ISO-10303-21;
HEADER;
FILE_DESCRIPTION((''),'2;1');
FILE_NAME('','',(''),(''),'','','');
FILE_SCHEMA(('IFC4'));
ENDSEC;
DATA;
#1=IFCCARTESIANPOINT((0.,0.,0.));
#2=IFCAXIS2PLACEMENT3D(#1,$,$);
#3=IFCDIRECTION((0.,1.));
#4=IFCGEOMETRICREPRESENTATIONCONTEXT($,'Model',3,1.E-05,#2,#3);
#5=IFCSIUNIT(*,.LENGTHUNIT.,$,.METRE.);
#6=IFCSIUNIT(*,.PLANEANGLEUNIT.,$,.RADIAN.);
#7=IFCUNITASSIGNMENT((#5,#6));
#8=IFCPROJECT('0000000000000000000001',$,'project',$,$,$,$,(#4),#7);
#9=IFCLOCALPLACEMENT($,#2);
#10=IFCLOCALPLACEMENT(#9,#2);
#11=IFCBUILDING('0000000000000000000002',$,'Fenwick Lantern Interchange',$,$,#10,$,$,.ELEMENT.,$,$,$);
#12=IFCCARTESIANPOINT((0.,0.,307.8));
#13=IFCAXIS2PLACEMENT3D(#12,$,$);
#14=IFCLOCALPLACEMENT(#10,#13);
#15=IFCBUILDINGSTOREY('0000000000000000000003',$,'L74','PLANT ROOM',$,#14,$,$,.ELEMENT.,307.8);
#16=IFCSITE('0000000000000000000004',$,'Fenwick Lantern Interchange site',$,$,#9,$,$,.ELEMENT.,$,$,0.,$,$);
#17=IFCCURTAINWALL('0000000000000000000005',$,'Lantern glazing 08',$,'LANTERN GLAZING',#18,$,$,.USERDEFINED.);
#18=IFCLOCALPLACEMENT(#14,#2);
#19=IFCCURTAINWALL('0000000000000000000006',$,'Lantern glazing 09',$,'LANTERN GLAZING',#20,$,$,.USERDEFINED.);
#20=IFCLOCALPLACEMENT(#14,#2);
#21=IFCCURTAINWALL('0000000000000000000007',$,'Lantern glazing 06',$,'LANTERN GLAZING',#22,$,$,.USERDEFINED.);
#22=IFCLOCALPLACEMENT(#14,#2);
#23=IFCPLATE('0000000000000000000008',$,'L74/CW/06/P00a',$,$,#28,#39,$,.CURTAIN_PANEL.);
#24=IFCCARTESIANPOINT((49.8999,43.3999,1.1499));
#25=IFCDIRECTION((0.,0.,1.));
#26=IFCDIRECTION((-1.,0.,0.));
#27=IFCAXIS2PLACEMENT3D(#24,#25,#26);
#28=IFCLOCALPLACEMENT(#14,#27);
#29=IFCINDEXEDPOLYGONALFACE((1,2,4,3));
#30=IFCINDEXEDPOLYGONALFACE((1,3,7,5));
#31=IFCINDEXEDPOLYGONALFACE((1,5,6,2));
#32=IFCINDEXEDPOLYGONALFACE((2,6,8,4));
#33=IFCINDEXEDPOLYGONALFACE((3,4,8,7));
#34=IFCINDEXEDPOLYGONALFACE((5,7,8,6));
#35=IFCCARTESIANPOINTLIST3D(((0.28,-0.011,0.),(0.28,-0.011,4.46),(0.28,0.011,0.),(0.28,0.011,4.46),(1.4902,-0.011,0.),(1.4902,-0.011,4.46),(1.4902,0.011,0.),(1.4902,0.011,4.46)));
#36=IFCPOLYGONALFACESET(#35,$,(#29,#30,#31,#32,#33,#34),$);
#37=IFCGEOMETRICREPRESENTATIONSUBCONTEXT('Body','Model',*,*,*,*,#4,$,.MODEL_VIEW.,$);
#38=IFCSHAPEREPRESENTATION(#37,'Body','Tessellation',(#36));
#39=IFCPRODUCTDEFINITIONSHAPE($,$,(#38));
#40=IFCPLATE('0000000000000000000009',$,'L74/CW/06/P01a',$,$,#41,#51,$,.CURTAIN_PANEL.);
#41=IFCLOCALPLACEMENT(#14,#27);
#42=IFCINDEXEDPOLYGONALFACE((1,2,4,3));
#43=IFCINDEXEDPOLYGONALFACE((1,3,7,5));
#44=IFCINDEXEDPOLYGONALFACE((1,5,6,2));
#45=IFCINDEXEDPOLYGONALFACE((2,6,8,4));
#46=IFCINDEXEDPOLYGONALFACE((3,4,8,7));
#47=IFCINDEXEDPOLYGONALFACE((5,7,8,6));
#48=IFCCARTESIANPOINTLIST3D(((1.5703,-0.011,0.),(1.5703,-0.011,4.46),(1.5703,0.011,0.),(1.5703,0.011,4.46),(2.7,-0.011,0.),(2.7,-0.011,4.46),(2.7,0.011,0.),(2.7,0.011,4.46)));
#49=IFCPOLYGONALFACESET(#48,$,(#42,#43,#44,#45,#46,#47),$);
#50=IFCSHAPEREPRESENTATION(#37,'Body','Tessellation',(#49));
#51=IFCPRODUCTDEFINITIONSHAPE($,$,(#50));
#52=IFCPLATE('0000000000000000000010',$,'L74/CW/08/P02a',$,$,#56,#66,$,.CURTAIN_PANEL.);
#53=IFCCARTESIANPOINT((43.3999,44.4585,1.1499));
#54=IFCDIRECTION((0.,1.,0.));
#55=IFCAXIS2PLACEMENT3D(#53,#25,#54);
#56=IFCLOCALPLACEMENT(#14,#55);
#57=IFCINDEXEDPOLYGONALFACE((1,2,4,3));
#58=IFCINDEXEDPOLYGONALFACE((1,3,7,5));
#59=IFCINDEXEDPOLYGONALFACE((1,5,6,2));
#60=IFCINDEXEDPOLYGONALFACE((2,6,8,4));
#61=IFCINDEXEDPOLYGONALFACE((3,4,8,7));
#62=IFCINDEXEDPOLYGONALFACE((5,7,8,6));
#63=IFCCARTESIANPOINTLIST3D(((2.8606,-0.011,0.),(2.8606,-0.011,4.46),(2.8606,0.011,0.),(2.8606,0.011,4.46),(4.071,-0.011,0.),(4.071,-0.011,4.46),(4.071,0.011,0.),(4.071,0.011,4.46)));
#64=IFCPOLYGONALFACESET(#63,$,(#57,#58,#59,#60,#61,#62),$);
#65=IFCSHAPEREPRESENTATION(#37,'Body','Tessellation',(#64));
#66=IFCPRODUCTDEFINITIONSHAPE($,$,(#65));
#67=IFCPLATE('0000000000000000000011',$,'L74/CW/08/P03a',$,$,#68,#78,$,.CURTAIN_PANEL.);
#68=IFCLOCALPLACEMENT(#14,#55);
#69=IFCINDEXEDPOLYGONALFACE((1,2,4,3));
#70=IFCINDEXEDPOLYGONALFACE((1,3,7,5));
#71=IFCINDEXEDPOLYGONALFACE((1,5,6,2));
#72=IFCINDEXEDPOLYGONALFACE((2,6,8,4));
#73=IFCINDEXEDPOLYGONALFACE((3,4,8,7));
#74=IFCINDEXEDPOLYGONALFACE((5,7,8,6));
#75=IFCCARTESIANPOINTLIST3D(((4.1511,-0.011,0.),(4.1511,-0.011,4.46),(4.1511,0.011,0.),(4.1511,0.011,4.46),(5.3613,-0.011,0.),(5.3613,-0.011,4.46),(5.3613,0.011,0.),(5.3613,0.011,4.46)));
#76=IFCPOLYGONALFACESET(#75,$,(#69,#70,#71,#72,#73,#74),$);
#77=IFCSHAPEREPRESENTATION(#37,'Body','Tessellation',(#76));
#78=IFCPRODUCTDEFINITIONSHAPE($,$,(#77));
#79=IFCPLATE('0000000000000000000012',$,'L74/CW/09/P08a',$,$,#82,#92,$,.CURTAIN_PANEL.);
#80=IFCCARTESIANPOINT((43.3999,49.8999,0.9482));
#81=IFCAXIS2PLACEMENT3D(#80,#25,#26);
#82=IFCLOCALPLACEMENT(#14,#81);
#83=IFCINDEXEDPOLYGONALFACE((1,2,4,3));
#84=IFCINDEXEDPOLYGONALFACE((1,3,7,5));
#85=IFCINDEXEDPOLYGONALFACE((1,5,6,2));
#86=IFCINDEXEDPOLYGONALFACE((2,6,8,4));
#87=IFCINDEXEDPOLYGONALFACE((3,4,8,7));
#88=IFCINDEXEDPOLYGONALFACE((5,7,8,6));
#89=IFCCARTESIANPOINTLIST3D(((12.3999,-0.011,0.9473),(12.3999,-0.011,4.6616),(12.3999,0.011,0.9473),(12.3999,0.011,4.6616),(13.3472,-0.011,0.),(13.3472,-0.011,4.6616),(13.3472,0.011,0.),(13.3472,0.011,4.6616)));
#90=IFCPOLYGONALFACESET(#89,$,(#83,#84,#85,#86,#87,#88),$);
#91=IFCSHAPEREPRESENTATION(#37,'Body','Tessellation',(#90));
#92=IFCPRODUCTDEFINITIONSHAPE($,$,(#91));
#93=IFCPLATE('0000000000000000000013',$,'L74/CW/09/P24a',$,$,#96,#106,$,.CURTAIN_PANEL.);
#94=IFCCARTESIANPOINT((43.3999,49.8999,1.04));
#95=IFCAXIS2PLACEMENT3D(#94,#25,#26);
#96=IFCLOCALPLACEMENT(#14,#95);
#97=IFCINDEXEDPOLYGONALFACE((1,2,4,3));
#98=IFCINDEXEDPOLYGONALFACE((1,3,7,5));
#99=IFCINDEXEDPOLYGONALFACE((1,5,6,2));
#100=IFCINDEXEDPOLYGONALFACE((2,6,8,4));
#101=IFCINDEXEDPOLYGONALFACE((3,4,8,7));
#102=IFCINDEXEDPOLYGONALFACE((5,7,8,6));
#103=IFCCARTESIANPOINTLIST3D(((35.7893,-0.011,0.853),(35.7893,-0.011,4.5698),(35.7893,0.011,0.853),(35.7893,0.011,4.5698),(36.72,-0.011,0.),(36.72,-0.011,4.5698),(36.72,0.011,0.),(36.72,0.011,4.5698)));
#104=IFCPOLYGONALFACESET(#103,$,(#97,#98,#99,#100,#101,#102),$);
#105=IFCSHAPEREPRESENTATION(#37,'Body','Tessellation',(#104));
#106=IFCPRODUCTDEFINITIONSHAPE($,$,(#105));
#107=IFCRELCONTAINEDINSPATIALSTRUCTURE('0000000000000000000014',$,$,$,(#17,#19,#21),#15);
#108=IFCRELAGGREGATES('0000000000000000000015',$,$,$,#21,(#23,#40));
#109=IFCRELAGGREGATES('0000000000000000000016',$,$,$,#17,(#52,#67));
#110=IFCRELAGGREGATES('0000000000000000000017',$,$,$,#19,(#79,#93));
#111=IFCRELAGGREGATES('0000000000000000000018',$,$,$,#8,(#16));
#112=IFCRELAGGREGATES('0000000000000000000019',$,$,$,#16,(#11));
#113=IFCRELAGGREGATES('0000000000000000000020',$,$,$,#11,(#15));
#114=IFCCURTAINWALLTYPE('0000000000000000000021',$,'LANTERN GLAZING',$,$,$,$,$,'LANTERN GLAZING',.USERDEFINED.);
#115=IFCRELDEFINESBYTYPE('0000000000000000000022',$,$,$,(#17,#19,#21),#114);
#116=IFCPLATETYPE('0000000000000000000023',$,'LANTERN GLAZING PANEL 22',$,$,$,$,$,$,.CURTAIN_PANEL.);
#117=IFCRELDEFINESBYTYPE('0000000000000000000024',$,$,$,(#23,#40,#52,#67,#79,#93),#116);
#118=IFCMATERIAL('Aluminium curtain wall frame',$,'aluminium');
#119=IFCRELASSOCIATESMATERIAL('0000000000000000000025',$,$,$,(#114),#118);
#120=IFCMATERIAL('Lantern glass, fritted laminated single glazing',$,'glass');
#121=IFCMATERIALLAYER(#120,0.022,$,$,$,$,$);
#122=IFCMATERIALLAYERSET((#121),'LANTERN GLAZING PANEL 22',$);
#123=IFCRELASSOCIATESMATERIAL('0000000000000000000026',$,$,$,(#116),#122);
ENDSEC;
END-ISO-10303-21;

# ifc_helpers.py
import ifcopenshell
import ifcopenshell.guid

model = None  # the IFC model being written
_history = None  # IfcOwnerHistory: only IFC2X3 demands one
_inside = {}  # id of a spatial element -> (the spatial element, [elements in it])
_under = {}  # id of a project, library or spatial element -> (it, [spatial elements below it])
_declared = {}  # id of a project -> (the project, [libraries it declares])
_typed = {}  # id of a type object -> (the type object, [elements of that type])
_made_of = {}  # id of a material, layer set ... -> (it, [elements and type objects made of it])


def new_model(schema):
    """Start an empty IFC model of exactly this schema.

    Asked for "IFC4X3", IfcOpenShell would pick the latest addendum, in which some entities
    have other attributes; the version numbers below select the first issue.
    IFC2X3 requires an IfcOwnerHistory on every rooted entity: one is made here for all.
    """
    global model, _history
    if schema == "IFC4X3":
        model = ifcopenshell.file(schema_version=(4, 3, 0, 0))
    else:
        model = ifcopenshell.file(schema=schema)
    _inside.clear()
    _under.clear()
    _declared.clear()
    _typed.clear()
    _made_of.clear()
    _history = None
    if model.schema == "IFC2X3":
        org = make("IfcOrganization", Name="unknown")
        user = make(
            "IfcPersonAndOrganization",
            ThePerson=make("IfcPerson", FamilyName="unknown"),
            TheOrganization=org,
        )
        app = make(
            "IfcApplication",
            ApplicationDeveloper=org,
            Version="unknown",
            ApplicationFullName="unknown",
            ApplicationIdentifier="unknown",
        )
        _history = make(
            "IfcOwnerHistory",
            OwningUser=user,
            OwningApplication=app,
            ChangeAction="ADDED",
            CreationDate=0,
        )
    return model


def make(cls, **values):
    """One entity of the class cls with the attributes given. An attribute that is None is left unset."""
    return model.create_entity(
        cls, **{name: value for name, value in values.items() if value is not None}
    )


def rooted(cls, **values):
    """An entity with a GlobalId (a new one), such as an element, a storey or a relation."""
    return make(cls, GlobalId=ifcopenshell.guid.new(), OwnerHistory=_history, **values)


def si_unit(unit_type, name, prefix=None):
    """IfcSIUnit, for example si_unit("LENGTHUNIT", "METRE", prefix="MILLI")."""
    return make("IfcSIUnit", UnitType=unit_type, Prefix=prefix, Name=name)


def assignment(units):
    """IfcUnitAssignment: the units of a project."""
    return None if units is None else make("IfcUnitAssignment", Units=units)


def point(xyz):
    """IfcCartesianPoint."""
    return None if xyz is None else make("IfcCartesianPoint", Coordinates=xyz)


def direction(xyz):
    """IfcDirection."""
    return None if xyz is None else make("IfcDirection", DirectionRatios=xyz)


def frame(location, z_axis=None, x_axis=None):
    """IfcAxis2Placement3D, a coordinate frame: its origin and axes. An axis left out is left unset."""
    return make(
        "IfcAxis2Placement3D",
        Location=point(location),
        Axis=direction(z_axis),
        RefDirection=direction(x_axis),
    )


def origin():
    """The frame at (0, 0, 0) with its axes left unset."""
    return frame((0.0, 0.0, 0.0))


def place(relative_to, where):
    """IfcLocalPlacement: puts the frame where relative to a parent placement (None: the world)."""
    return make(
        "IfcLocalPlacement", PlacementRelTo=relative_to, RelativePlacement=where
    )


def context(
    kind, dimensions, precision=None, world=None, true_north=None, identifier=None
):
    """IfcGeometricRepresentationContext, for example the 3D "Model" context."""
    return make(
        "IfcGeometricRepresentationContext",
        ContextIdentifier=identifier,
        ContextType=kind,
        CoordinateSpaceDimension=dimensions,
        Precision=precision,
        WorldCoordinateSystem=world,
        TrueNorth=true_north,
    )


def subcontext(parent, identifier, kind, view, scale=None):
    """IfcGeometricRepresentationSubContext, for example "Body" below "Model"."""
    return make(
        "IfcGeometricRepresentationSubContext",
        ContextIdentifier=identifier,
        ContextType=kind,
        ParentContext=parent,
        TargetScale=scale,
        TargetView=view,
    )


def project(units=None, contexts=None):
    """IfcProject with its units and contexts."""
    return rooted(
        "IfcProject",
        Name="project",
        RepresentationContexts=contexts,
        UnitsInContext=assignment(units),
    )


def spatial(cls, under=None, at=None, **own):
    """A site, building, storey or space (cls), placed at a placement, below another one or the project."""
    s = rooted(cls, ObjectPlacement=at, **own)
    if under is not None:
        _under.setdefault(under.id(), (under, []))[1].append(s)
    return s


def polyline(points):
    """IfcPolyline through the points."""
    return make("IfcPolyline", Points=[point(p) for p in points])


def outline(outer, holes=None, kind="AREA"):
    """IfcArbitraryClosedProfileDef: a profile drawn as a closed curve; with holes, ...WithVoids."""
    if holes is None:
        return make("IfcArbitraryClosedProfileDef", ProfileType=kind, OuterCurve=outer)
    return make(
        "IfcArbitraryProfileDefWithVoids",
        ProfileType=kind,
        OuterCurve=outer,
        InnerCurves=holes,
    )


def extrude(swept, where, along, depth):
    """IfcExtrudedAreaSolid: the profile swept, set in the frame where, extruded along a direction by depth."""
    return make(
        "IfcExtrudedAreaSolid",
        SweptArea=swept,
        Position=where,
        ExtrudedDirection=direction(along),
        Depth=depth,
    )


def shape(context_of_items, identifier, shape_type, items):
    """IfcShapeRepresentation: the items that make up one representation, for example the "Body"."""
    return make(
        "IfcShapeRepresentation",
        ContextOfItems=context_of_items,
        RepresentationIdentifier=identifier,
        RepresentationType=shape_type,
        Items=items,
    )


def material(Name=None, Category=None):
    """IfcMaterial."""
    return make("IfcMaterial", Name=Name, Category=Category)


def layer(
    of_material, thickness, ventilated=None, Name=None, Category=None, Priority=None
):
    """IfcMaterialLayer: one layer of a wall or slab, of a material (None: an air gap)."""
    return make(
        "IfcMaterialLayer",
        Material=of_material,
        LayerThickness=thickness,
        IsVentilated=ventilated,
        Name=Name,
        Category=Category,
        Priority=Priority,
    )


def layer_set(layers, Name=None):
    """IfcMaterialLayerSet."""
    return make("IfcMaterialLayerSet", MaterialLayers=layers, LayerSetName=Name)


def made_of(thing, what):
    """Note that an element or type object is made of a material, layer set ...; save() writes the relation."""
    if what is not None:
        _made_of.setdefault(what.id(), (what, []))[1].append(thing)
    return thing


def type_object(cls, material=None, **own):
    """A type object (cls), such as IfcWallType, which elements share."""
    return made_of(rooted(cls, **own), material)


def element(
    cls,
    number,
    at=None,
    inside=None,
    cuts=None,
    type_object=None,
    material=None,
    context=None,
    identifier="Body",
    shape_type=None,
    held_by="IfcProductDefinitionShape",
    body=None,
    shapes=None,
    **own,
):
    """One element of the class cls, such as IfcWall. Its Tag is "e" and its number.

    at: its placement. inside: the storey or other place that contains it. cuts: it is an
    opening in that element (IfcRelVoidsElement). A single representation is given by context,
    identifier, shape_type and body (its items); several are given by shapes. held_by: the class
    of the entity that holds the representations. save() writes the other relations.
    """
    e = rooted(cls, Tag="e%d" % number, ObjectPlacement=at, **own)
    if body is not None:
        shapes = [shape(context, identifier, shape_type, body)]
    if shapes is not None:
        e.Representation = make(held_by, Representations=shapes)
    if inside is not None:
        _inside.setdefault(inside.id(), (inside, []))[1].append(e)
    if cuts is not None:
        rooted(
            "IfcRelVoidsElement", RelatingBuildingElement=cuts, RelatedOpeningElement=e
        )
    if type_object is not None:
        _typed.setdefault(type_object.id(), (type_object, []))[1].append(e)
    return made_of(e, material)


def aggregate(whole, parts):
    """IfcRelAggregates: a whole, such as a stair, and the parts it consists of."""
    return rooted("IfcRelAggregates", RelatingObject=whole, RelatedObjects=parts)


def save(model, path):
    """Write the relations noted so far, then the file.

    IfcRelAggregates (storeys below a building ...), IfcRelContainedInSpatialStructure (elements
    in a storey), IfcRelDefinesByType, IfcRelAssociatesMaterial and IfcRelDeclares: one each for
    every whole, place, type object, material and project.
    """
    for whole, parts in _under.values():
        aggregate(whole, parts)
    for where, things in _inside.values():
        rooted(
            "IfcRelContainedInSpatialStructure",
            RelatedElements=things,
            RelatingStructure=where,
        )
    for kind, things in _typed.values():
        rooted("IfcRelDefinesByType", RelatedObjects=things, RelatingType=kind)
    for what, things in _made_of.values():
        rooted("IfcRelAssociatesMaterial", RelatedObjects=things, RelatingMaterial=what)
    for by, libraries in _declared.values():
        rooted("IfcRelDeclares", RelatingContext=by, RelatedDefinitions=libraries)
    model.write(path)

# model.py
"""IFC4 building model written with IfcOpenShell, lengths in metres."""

from ifc_helpers import new_model, si_unit, direction, frame, origin, place, context, subcontext, project, spatial, polyline, outline, extrude, material, layer, layer_set, type_object, element, aggregate, save


model = new_model("IFC4")

# Units and contexts
model_context = context("Model", 3, precision=1e-05, world=origin(), true_north=direction((0.0, 1.0)))
body_context = subcontext(model_context, "Body", "Model", "MODEL_VIEW")
ifc_project = project(units=[si_unit("LENGTHUNIT", "METRE"), si_unit("PLANEANGLEUNIT", "RADIAN")], contexts=[model_context])

# Site, building, storey
site_placement = place(None, origin())
site = spatial("IfcSite", under=ifc_project, at=site_placement, Name="Fenwick Lantern Interchange site", CompositionType="ELEMENT", RefElevation=0.0)
building_placement = place(site_placement, origin())
building = spatial("IfcBuilding", under=site, at=building_placement, Name="Fenwick Lantern Interchange", CompositionType="ELEMENT")
storey_placement = place(building_placement, frame((0.0, 0.0, 307.8)))
storey = spatial("IfcBuildingStorey", under=building, at=storey_placement, Name="L74", Description="PLANT ROOM", CompositionType="ELEMENT", Elevation=307.8)

# Shared definitions
ifc_material_1 = material(Name="Aluminium curtain wall frame", Category="aluminium")
curtain_wall_type = type_object("IfcCurtainWallType", Name="LANTERN GLAZING", ElementType="LANTERN GLAZING", PredefinedType="USERDEFINED", material=ifc_material_1)

# Curtain wall
curtain_wall_1_placement = place(storey_placement, origin())
curtain_wall_1 = element("IfcCurtainWall", 1, at=curtain_wall_1_placement, inside=storey, type_object=curtain_wall_type, Name="Lantern glazing 08", ObjectType="LANTERN GLAZING", PredefinedType="USERDEFINED")

# Curtain wall
curtain_wall_2_placement = place(storey_placement, origin())
curtain_wall_2 = element("IfcCurtainWall", 2, at=curtain_wall_2_placement, inside=storey, type_object=curtain_wall_type, Name="Lantern glazing 09", ObjectType="LANTERN GLAZING", PredefinedType="USERDEFINED")

# Curtain wall, plates
curtain_wall_3_placement = place(storey_placement, origin())
curtain_wall_3 = element("IfcCurtainWall", 3, at=curtain_wall_3_placement, inside=storey, type_object=curtain_wall_type, Name="Lantern glazing 06", ObjectType="LANTERN GLAZING", PredefinedType="USERDEFINED")
ifc_material_2 = material(Name="Lantern glass, fritted laminated single glazing", Category="glass")
ifc_layer = layer(ifc_material_2, 0.022)
ifc_layer_set = layer_set([ifc_layer], Name="LANTERN GLAZING PANEL 22")
plate_type = type_object("IfcPlateType", Name="LANTERN GLAZING PANEL 22", PredefinedType="CURTAIN_PANEL", material=ifc_layer_set)
plate_1_placement = place(storey_placement, frame((49.8999, 43.3999, 1.1499), z_axis=(0.0, 0.0, 1.0), x_axis=(-1.0, 0.0, 0.0)))
plate_1 = element("IfcPlate", 4, at=plate_1_placement, type_object=plate_type, Name="L74/CW/06/P00a", PredefinedType="CURTAIN_PANEL", context=body_context, shape_type="SweptSolid", body=[
    extrude(outline(polyline([(0.28, 0.0), (1.4902, 0.0), (1.4902, 4.46), (0.28, 4.46), (0.28, 0.0)])), frame((0.0, 0.011, 0.0), z_axis=(0.0, -1.0, 0.0), x_axis=(1.0, 0.0, 0.0)), (0.0, 0.0, 1.0), 0.022),
])
plate_2_placement = place(storey_placement, frame((49.8999, 43.3999, 1.1499), z_axis=(0.0, 0.0, 1.0), x_axis=(-1.0, 0.0, 0.0)))
plate_2 = element("IfcPlate", 5, at=plate_2_placement, type_object=plate_type, Name="L74/CW/06/P01a", PredefinedType="CURTAIN_PANEL", context=body_context, shape_type="SweptSolid", body=[
    extrude(outline(polyline([(1.5703, 0.0), (2.7, 0.0), (2.7, 4.46), (1.5703, 4.46), (1.5703, 0.0)])), frame((0.0, 0.011, 0.0), z_axis=(0.0, -1.0, 0.0), x_axis=(1.0, 0.0, 0.0)), (0.0, 0.0, 1.0), 0.022),
])
aggregate(curtain_wall_3, [plate_1, plate_2])

# Plates
plate_3_placement = place(storey_placement, frame((43.3999, 44.4585, 1.1499), z_axis=(0.0, 0.0, 1.0), x_axis=(0.0, 1.0, 0.0)))
plate_3 = element("IfcPlate", 6, at=plate_3_placement, type_object=plate_type, Name="L74/CW/08/P02a", PredefinedType="CURTAIN_PANEL", context=body_context, shape_type="SweptSolid", body=[
    extrude(outline(polyline([(2.8606, 0.0), (4.071, 0.0), (4.071, 4.46), (2.8606, 4.46), (2.8606, 0.0)])), frame((0.0, 0.011, 0.0), z_axis=(0.0, -1.0, 0.0), x_axis=(1.0, 0.0, 0.0)), (0.0, 0.0, 1.0), 0.022),
])
plate_4_placement = place(storey_placement, frame((43.3999, 44.4585, 1.1499), z_axis=(0.0, 0.0, 1.0), x_axis=(0.0, 1.0, 0.0)))
plate_4 = element("IfcPlate", 7, at=plate_4_placement, type_object=plate_type, Name="L74/CW/08/P03a", PredefinedType="CURTAIN_PANEL", context=body_context, shape_type="SweptSolid", body=[
    extrude(outline(polyline([(4.1511, 0.0), (5.3613, 0.0), (5.3613, 4.46), (4.1511, 4.46), (4.1511, 0.0)])), frame((0.0, 0.011, 0.0), z_axis=(0.0, -1.0, 0.0), x_axis=(1.0, 0.0, 0.0)), (0.0, 0.0, 1.0), 0.022),
])
aggregate(curtain_wall_1, [plate_3, plate_4])
plate_5_placement = place(storey_placement, frame((43.3999, 49.8999, 0.9482), z_axis=(0.0, 0.0, 1.0), x_axis=(-1.0, 0.0, 0.0)))
plate_5 = element("IfcPlate", 8, at=plate_5_placement, type_object=plate_type, Name="L74/CW/09/P08a", PredefinedType="CURTAIN_PANEL", context=body_context, shape_type="SweptSolid", body=[
    extrude(outline(polyline([(13.3472, 0.0), (13.3472, 4.6616), (12.3999, 4.6616), (12.3999, 0.9473), (13.3472, 0.0)])), frame((0.0, 0.011, 0.0), z_axis=(0.0, -1.0, 0.0), x_axis=(1.0, 0.0, 0.0)), (0.0, 0.0, 1.0), 0.022),
])
plate_6_placement = place(storey_placement, frame((43.3999, 49.8999, 1.04), z_axis=(0.0, 0.0, 1.0), x_axis=(-1.0, 0.0, 0.0)))
plate_6 = element("IfcPlate", 9, at=plate_6_placement, type_object=plate_type, Name="L74/CW/09/P24a", PredefinedType="CURTAIN_PANEL", context=body_context, shape_type="SweptSolid", body=[
    extrude(outline(polyline([(36.72, 0.0), (36.72, 4.5698), (35.7893, 4.5698), (35.7893, 0.853), (36.72, 0.0)])), frame((0.0, 0.011, 0.0), z_axis=(0.0, -1.0, 0.0), x_axis=(1.0, 0.0, 0.0)), (0.0, 0.0, 1.0), 0.022),
])
aggregate(curtain_wall_2, [plate_5, plate_6])

save(model, "model.ifc")
